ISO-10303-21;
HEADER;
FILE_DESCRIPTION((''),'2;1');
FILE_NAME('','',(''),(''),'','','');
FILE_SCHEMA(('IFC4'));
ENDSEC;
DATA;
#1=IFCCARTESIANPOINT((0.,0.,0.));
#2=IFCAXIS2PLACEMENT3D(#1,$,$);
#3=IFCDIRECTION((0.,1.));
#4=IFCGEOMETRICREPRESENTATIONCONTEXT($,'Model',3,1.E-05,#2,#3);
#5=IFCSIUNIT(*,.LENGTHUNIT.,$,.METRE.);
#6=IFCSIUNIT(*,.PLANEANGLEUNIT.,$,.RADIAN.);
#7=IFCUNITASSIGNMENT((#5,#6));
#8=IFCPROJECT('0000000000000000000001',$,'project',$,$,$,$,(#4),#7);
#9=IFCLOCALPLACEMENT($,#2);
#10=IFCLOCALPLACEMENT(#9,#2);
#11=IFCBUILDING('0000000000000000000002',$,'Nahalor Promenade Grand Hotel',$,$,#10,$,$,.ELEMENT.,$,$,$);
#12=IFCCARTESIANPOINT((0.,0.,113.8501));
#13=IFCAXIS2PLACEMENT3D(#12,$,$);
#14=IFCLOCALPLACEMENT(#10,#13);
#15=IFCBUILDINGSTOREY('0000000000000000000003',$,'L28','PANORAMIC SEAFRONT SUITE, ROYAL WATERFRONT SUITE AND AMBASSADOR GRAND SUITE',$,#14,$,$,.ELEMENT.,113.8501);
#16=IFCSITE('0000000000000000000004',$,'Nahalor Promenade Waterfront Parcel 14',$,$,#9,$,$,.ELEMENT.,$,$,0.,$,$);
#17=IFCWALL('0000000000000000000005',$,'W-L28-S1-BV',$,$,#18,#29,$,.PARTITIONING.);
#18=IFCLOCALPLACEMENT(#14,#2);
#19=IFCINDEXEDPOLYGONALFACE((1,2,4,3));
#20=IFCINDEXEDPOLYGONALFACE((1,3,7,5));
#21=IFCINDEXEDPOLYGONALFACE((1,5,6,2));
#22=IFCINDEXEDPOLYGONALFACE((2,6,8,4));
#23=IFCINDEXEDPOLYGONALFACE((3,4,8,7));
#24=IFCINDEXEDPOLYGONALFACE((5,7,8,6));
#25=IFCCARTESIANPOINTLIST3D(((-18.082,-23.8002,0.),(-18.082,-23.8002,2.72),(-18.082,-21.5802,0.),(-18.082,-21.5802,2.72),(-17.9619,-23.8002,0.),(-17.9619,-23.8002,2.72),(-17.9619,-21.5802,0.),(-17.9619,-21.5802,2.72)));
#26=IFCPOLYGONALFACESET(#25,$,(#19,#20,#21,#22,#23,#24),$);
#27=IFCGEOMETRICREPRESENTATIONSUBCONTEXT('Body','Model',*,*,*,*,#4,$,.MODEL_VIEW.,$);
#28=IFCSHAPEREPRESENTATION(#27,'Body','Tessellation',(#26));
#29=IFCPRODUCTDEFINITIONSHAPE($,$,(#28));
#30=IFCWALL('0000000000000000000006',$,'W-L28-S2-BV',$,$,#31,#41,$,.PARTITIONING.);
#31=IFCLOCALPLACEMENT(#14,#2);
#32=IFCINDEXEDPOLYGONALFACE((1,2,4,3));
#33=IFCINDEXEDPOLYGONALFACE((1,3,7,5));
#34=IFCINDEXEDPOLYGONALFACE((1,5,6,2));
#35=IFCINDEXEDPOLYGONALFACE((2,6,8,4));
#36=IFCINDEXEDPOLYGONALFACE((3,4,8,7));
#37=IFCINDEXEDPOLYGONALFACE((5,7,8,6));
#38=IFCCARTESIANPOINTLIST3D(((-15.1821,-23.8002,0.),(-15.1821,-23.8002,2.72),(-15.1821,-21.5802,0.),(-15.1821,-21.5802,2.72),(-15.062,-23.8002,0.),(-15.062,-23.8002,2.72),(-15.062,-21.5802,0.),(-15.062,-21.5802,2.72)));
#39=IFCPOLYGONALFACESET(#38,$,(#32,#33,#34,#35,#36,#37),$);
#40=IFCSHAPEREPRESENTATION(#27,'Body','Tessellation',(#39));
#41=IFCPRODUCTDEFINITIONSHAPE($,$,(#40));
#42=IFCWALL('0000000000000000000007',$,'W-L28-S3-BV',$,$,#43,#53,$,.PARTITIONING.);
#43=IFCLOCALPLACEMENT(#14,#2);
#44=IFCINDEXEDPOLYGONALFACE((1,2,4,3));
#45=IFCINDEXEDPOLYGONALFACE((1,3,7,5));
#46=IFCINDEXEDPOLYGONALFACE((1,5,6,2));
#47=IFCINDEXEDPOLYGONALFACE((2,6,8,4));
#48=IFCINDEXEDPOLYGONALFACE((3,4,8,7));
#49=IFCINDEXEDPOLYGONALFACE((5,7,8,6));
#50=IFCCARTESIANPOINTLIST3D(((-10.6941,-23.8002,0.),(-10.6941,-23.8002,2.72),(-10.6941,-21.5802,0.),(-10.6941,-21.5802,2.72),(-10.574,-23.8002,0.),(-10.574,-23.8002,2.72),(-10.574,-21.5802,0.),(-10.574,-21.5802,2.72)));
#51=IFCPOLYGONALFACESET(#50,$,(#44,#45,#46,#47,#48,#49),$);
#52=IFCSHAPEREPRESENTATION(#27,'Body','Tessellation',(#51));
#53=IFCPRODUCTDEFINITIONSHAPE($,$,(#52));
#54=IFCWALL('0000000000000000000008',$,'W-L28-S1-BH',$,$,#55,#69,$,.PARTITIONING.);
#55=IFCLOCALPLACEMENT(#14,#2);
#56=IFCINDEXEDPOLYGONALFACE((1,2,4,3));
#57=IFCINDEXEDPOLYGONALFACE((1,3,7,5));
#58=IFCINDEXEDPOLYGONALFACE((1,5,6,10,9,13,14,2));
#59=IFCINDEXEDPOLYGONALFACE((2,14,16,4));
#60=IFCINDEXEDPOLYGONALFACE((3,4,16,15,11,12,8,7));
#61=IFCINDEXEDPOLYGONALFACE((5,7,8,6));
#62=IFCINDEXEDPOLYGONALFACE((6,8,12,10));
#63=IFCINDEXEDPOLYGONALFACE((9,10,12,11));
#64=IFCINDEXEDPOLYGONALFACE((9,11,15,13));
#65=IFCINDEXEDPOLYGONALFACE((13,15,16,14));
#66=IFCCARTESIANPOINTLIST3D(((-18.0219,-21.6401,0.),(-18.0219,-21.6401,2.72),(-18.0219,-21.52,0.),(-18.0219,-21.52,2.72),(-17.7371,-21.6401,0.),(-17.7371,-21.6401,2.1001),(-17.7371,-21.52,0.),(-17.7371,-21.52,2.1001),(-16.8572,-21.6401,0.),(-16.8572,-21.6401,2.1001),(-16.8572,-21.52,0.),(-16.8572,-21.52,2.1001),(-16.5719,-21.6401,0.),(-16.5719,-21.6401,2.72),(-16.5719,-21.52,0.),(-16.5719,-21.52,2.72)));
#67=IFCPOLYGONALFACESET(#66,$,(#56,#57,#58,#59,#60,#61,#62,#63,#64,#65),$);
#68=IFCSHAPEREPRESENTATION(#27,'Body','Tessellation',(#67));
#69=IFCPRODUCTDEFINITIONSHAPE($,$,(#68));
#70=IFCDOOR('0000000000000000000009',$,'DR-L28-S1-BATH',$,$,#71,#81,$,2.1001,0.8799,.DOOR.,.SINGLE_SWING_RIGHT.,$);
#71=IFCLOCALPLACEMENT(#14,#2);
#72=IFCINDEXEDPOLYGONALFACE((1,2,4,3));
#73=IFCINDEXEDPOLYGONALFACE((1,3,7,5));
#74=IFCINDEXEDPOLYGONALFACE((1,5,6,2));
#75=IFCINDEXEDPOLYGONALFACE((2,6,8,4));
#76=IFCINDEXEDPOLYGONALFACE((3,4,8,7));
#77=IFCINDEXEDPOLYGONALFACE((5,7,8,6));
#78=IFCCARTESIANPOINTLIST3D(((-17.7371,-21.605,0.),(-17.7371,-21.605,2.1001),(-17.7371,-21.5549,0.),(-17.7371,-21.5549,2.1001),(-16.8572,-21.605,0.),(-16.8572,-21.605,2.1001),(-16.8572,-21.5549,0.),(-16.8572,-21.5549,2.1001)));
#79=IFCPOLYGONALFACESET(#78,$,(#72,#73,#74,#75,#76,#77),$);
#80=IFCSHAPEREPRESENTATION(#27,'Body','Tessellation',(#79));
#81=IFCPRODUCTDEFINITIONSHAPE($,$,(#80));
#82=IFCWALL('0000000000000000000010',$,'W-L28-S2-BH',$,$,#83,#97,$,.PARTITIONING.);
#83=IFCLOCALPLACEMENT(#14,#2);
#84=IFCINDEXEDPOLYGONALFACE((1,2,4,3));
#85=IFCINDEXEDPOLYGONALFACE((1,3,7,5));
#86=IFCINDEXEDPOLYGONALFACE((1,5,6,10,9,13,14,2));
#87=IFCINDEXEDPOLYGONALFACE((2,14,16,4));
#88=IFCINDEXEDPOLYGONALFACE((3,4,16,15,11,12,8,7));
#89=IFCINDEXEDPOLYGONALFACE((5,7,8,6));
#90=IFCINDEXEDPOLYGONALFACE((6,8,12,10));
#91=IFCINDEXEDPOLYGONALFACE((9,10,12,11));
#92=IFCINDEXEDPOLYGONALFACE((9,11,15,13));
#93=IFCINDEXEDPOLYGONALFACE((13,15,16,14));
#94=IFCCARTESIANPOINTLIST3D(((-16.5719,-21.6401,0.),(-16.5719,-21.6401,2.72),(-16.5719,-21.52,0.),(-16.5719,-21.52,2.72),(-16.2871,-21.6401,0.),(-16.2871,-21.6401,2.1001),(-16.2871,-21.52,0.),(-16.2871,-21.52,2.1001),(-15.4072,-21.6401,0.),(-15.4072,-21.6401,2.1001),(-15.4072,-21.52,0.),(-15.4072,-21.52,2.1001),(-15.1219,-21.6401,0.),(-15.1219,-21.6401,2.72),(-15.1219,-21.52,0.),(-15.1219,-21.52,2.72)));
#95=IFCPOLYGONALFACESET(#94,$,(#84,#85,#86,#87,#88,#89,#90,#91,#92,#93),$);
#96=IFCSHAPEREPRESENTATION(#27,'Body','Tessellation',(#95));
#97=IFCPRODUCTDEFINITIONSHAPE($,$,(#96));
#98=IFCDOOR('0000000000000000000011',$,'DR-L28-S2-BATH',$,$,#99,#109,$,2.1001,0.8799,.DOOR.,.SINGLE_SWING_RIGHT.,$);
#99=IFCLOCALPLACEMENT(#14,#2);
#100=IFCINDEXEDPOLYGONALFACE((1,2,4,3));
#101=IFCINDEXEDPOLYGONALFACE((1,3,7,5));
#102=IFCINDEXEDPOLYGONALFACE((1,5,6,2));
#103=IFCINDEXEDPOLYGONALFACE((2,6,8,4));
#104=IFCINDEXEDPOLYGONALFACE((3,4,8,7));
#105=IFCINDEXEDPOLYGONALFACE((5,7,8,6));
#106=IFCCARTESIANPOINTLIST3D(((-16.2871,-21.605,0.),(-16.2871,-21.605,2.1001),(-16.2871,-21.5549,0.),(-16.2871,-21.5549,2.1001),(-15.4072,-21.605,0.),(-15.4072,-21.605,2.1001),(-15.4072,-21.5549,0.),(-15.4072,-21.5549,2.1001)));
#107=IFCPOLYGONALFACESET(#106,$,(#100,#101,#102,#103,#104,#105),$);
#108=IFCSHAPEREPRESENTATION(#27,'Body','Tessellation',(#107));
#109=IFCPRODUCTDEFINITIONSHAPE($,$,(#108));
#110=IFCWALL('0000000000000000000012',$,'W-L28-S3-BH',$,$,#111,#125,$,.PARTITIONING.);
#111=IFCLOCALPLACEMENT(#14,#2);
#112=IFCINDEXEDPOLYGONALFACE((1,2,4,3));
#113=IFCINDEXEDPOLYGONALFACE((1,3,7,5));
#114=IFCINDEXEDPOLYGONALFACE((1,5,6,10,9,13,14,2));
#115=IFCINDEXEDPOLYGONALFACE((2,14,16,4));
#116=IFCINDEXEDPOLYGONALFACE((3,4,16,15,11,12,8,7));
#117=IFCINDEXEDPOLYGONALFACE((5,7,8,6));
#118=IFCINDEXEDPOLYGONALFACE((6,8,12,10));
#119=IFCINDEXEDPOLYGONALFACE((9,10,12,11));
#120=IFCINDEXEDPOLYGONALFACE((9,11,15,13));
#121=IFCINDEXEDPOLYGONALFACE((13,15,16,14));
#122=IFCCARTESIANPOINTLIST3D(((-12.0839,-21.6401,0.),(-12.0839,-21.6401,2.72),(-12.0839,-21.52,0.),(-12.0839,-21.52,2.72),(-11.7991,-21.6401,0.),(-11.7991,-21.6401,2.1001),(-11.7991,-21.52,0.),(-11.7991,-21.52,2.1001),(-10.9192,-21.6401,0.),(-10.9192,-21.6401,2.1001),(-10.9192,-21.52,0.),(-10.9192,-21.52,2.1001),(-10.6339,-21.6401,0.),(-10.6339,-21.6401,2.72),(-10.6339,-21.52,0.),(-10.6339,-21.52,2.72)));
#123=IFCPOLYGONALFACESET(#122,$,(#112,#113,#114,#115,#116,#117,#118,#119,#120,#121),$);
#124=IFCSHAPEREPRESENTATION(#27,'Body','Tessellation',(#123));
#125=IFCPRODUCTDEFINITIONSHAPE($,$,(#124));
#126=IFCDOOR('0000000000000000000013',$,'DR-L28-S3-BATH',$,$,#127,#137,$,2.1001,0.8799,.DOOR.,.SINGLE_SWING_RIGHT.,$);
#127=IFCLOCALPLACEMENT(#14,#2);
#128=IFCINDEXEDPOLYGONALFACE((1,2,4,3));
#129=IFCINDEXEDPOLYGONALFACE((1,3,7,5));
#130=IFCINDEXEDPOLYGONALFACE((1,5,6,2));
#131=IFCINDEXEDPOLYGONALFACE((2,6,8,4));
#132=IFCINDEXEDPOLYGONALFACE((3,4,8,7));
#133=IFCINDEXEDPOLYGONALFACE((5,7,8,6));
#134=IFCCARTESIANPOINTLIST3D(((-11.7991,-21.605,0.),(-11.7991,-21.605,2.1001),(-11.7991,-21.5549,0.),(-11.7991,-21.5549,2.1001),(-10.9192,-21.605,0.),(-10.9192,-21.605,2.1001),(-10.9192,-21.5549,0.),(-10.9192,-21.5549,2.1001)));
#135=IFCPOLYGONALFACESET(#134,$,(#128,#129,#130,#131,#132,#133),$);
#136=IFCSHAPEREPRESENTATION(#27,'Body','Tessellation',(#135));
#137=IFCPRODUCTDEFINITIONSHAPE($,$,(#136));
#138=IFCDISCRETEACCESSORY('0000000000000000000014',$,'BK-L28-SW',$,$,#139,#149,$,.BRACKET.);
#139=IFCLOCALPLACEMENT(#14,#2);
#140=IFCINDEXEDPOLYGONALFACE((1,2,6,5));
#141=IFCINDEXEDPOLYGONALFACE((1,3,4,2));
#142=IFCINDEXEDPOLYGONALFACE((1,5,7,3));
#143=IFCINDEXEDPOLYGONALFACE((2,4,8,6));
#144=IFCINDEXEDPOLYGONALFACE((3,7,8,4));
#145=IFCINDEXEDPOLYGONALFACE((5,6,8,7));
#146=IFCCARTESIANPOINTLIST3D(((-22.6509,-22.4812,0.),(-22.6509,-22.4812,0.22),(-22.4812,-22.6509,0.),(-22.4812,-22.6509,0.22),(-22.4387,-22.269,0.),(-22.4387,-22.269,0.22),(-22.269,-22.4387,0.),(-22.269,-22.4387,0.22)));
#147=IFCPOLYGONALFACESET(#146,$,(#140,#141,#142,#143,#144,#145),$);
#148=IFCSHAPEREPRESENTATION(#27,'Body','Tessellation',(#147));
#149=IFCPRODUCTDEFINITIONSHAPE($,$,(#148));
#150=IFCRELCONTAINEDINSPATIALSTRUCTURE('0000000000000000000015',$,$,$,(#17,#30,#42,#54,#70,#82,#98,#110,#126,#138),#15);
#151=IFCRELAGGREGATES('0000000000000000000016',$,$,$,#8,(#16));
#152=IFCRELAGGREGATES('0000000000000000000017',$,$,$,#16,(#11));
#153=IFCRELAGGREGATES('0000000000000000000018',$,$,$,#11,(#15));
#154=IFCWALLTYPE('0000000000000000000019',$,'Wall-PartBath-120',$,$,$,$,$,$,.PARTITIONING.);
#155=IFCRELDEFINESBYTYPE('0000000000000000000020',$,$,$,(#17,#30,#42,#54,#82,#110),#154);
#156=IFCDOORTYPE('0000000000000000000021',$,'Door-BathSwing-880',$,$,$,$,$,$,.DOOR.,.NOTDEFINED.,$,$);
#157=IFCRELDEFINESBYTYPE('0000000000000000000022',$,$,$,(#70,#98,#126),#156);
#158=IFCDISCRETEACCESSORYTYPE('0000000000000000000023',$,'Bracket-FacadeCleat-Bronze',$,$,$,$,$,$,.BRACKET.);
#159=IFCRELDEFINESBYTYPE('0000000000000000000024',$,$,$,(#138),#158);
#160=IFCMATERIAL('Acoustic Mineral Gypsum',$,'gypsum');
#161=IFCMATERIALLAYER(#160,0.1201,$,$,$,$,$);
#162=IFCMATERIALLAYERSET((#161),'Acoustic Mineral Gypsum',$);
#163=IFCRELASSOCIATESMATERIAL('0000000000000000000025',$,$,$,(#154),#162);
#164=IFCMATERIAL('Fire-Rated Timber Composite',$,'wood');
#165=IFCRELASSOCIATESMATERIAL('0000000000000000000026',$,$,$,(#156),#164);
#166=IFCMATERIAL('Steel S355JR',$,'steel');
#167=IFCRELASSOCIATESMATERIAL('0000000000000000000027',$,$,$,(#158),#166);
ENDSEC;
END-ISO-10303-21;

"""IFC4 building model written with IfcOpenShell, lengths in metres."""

from ifc_helpers import new_model, si_unit, direction, frame, frame_2d, origin, origin_2d, place, context, subcontext, project, spatial, rectangle, extrude, source, transform, mapped, material, layer, layer_set, type_object, element, fill, save


model = new_model("IFC4")

# Units and contexts
model_context = context("Model", 3, precision=1e-05, world=origin(), true_north=direction((0.0, 1.0)))
body_context = subcontext(model_context, "Body", "Model", "MODEL_VIEW")
ifc_project = project(units=[si_unit("LENGTHUNIT", "METRE"), si_unit("PLANEANGLEUNIT", "RADIAN")], contexts=[model_context])

# Site, building, storey
site_placement = place(None, origin())
site = spatial("IfcSite", under=ifc_project, at=site_placement, Name="Nahalor Promenade Waterfront Parcel 14", CompositionType="ELEMENT", RefElevation=0.0)
building_placement = place(site_placement, origin())
building = spatial("IfcBuilding", under=site, at=building_placement, Name="Nahalor Promenade Grand Hotel", CompositionType="ELEMENT")
storey_placement = place(building_placement, frame((0.0, 0.0, 113.8501)))
storey = spatial("IfcBuildingStorey", under=building, at=storey_placement, Name="L28", Description="PANORAMIC SEAFRONT SUITE, ROYAL WATERFRONT SUITE AND AMBASSADOR GRAND SUITE", CompositionType="ELEMENT", Elevation=113.8501)

# Shared definitions
ifc_material_1 = material(Name="Steel S355JR", Category="steel")

# Walls
ifc_material_2 = material(Name="Acoustic Mineral Gypsum", Category="gypsum")
ifc_layer_1 = layer(ifc_material_2, 0.1201)
ifc_layer_set_1 = layer_set([ifc_layer_1], Name="Acoustic Mineral Gypsum")
wall_type_1 = type_object("IfcWallType", Name="Wall-PartBath-120", PredefinedType="PARTITIONING", material=ifc_layer_set_1)
shared_shape_1 = source(origin(), body_context, "Body", "SweptSolid", [
    extrude(rectangle(XDim=2.22, YDim=0.1201, at=frame_2d((1.1099, 0.0))), origin(), (0.0, 0.0, 1.0), 2.72),
])
for number, where, z_axis, x_axis, name in (
    (1, (-18.022, -23.8, 0.0), (0.0, 0.0, 1.0), (0.0, 1.0, 0.0), "W-L28-S1-BV"),
    (2, (-15.1221, -23.8, 0.0), (0.0, 0.0, 1.0), (0.0, 1.0, 0.0), "W-L28-S2-BV"),
    (3, (-10.634, -23.8, 0.0), (0.0, 0.0, 1.0), (0.0, 1.0, 0.0), "W-L28-S3-BV"),
):
    element("IfcWall", number, at=place(storey_placement, frame(where, z_axis=z_axis, x_axis=x_axis)), inside=storey, type_object=wall_type_1, Name=name, PredefinedType="PARTITIONING", context=body_context, shape_type="MappedRepresentation", body=[
        mapped(shared_shape_1, transform((0.0, 0.0, 0.0), scale=1.0)),
    ])

# Walls, openings, doors
shared_shape_2 = source(origin(), body_context, "Body", "SweptSolid", [
    extrude(rectangle(XDim=1.45, YDim=0.1201, at=frame_2d((0.7251, 0.0))), origin(), (0.0, 0.0, 1.0), 2.72),
])
wall_1_placement = place(storey_placement, frame((-18.022, -21.5801, 0.0), z_axis=(0.0, 0.0, 1.0), x_axis=(1.0, 0.0, 0.0)))
wall_1 = element("IfcWall", 4, at=wall_1_placement, inside=storey, type_object=wall_type_1, Name="W-L28-S1-BH", PredefinedType="PARTITIONING", context=body_context, shape_type="MappedRepresentation", body=[
    mapped(shared_shape_2, transform((0.0, 0.0, 0.0), scale=1.0)),
])
opening_1_placement = place(wall_1_placement, frame((0.2849, 0.0, 0.0)))
opening_1 = element("IfcOpeningElement", 5, at=opening_1_placement, cuts=wall_1, PredefinedType="OPENING", context=body_context, shape_type="SweptSolid", body=[
    extrude(rectangle(XDim=0.8799, YDim=2.1001, at=frame_2d((0.4399, 1.05))), frame((0.0, 0.0701, 0.0), z_axis=(0.0, -1.0, 0.0), x_axis=(1.0, 0.0, 0.0)), (0.0, 0.0, 1.0), 0.1401),
])
ifc_material_3 = material(Name="Fire-Rated Timber Composite", Category="wood")
door_type = type_object("IfcDoorType", Name="Door-BathSwing-880", OperationType="NOTDEFINED", PredefinedType="DOOR", material=ifc_material_3)
shared_shape_3 = source(origin(), body_context, "Body", "SweptSolid", [
    extrude(rectangle(XDim=0.8799, YDim=2.1001, at=frame_2d((0.4399, 1.05))), frame((0.0, 0.0249, 0.0), z_axis=(0.0, -1.0, 0.0), x_axis=(1.0, 0.0, 0.0)), (0.0, 0.0, 1.0), 0.05),
])
door_1_placement = place(opening_1_placement, frame((0.8799, 0.0, 0.0), z_axis=(0.0, 0.0, 1.0), x_axis=(-1.0, 0.0, 0.0)))
door_1 = element("IfcDoor", 6, at=door_1_placement, inside=storey, type_object=door_type, Name="DR-L28-S1-BATH", OperationType="SINGLE_SWING_RIGHT", OverallHeight=2.1001, OverallWidth=0.8799, PredefinedType="DOOR", context=body_context, shape_type="MappedRepresentation", body=[
    mapped(shared_shape_3, transform((0.0, 0.0, 0.0), scale=1.0)),
])
fill(opening_1, door_1)
wall_2_placement = place(storey_placement, frame((-16.572, -21.5801, 0.0), z_axis=(0.0, 0.0, 1.0), x_axis=(1.0, 0.0, 0.0)))
wall_2 = element("IfcWall", 7, at=wall_2_placement, inside=storey, type_object=wall_type_1, Name="W-L28-S2-BH", PredefinedType="PARTITIONING", context=body_context, shape_type="MappedRepresentation", body=[
    mapped(shared_shape_2, transform((0.0, 0.0, 0.0), scale=1.0)),
])
opening_2_placement = place(wall_2_placement, frame((0.2849, 0.0, 0.0)))
opening_2 = element("IfcOpeningElement", 8, at=opening_2_placement, cuts=wall_2, PredefinedType="OPENING", context=body_context, shape_type="SweptSolid", body=[
    extrude(rectangle(XDim=0.8799, YDim=2.1001, at=frame_2d((0.4399, 1.05))), frame((0.0, 0.0701, 0.0), z_axis=(0.0, -1.0, 0.0), x_axis=(1.0, 0.0, 0.0)), (0.0, 0.0, 1.0), 0.1401),
])
door_2_placement = place(opening_2_placement, frame((0.8799, 0.0, 0.0), z_axis=(0.0, 0.0, 1.0), x_axis=(-1.0, 0.0, 0.0)))
door_2 = element("IfcDoor", 9, at=door_2_placement, inside=storey, type_object=door_type, Name="DR-L28-S2-BATH", OperationType="SINGLE_SWING_RIGHT", OverallHeight=2.1001, OverallWidth=0.8799, PredefinedType="DOOR", context=body_context, shape_type="MappedRepresentation", body=[
    mapped(shared_shape_3, transform((0.0, 0.0, 0.0), scale=1.0)),
])
fill(opening_2, door_2)
wall_3_placement = place(storey_placement, frame((-12.084, -21.5801, 0.0), z_axis=(0.0, 0.0, 1.0), x_axis=(1.0, 0.0, 0.0)))
wall_3 = element("IfcWall", 10, at=wall_3_placement, inside=storey, type_object=wall_type_1, Name="W-L28-S3-BH", PredefinedType="PARTITIONING", context=body_context, shape_type="MappedRepresentation", body=[
    mapped(shared_shape_2, transform((0.0, 0.0, 0.0), scale=1.0)),
])
opening_3_placement = place(wall_3_placement, frame((0.2849, 0.0, 0.0)))
opening_3 = element("IfcOpeningElement", 11, at=opening_3_placement, cuts=wall_3, PredefinedType="OPENING", context=body_context, shape_type="SweptSolid", body=[
    extrude(rectangle(XDim=0.8799, YDim=2.1001, at=frame_2d((0.4399, 1.05))), frame((0.0, 0.0701, 0.0), z_axis=(0.0, -1.0, 0.0), x_axis=(1.0, 0.0, 0.0)), (0.0, 0.0, 1.0), 0.1401),
])
door_3_placement = place(opening_3_placement, frame((0.8799, 0.0, 0.0), z_axis=(0.0, 0.0, 1.0), x_axis=(-1.0, 0.0, 0.0)))
door_3 = element("IfcDoor", 12, at=door_3_placement, inside=storey, type_object=door_type, Name="DR-L28-S3-BATH", OperationType="SINGLE_SWING_RIGHT", OverallHeight=2.1001, OverallWidth=0.8799, PredefinedType="DOOR", context=body_context, shape_type="MappedRepresentation", body=[
    mapped(shared_shape_3, transform((0.0, 0.0, 0.0), scale=1.0)),
])
fill(opening_3, door_3)

# Discrete accessory
discrete_accessory_type = type_object("IfcDiscreteAccessoryType", Name="Bracket-FacadeCleat-Bronze", PredefinedType="BRACKET", material=ifc_material_1)
shared_shape_4 = source(origin(), body_context, "Body", "SweptSolid", [
    extrude(rectangle(XDim=0.3, YDim=0.24, at=origin_2d()), origin(), (0.0, 0.0, 1.0), 0.22),
])
discrete_accessory_placement = place(storey_placement, frame((-22.46, -22.46, 0.0), z_axis=(0.0, 0.0, 1.0), x_axis=(0.707107, 0.707107, 0.0)))
element("IfcDiscreteAccessory", 13, at=discrete_accessory_placement, inside=storey, type_object=discrete_accessory_type, Name="BK-L28-SW", PredefinedType="BRACKET", context=body_context, shape_type="MappedRepresentation", body=[
    mapped(shared_shape_4, transform((0.0, 0.0, 0.0), scale=1.0)),
])

save(model, "model.ifc")
